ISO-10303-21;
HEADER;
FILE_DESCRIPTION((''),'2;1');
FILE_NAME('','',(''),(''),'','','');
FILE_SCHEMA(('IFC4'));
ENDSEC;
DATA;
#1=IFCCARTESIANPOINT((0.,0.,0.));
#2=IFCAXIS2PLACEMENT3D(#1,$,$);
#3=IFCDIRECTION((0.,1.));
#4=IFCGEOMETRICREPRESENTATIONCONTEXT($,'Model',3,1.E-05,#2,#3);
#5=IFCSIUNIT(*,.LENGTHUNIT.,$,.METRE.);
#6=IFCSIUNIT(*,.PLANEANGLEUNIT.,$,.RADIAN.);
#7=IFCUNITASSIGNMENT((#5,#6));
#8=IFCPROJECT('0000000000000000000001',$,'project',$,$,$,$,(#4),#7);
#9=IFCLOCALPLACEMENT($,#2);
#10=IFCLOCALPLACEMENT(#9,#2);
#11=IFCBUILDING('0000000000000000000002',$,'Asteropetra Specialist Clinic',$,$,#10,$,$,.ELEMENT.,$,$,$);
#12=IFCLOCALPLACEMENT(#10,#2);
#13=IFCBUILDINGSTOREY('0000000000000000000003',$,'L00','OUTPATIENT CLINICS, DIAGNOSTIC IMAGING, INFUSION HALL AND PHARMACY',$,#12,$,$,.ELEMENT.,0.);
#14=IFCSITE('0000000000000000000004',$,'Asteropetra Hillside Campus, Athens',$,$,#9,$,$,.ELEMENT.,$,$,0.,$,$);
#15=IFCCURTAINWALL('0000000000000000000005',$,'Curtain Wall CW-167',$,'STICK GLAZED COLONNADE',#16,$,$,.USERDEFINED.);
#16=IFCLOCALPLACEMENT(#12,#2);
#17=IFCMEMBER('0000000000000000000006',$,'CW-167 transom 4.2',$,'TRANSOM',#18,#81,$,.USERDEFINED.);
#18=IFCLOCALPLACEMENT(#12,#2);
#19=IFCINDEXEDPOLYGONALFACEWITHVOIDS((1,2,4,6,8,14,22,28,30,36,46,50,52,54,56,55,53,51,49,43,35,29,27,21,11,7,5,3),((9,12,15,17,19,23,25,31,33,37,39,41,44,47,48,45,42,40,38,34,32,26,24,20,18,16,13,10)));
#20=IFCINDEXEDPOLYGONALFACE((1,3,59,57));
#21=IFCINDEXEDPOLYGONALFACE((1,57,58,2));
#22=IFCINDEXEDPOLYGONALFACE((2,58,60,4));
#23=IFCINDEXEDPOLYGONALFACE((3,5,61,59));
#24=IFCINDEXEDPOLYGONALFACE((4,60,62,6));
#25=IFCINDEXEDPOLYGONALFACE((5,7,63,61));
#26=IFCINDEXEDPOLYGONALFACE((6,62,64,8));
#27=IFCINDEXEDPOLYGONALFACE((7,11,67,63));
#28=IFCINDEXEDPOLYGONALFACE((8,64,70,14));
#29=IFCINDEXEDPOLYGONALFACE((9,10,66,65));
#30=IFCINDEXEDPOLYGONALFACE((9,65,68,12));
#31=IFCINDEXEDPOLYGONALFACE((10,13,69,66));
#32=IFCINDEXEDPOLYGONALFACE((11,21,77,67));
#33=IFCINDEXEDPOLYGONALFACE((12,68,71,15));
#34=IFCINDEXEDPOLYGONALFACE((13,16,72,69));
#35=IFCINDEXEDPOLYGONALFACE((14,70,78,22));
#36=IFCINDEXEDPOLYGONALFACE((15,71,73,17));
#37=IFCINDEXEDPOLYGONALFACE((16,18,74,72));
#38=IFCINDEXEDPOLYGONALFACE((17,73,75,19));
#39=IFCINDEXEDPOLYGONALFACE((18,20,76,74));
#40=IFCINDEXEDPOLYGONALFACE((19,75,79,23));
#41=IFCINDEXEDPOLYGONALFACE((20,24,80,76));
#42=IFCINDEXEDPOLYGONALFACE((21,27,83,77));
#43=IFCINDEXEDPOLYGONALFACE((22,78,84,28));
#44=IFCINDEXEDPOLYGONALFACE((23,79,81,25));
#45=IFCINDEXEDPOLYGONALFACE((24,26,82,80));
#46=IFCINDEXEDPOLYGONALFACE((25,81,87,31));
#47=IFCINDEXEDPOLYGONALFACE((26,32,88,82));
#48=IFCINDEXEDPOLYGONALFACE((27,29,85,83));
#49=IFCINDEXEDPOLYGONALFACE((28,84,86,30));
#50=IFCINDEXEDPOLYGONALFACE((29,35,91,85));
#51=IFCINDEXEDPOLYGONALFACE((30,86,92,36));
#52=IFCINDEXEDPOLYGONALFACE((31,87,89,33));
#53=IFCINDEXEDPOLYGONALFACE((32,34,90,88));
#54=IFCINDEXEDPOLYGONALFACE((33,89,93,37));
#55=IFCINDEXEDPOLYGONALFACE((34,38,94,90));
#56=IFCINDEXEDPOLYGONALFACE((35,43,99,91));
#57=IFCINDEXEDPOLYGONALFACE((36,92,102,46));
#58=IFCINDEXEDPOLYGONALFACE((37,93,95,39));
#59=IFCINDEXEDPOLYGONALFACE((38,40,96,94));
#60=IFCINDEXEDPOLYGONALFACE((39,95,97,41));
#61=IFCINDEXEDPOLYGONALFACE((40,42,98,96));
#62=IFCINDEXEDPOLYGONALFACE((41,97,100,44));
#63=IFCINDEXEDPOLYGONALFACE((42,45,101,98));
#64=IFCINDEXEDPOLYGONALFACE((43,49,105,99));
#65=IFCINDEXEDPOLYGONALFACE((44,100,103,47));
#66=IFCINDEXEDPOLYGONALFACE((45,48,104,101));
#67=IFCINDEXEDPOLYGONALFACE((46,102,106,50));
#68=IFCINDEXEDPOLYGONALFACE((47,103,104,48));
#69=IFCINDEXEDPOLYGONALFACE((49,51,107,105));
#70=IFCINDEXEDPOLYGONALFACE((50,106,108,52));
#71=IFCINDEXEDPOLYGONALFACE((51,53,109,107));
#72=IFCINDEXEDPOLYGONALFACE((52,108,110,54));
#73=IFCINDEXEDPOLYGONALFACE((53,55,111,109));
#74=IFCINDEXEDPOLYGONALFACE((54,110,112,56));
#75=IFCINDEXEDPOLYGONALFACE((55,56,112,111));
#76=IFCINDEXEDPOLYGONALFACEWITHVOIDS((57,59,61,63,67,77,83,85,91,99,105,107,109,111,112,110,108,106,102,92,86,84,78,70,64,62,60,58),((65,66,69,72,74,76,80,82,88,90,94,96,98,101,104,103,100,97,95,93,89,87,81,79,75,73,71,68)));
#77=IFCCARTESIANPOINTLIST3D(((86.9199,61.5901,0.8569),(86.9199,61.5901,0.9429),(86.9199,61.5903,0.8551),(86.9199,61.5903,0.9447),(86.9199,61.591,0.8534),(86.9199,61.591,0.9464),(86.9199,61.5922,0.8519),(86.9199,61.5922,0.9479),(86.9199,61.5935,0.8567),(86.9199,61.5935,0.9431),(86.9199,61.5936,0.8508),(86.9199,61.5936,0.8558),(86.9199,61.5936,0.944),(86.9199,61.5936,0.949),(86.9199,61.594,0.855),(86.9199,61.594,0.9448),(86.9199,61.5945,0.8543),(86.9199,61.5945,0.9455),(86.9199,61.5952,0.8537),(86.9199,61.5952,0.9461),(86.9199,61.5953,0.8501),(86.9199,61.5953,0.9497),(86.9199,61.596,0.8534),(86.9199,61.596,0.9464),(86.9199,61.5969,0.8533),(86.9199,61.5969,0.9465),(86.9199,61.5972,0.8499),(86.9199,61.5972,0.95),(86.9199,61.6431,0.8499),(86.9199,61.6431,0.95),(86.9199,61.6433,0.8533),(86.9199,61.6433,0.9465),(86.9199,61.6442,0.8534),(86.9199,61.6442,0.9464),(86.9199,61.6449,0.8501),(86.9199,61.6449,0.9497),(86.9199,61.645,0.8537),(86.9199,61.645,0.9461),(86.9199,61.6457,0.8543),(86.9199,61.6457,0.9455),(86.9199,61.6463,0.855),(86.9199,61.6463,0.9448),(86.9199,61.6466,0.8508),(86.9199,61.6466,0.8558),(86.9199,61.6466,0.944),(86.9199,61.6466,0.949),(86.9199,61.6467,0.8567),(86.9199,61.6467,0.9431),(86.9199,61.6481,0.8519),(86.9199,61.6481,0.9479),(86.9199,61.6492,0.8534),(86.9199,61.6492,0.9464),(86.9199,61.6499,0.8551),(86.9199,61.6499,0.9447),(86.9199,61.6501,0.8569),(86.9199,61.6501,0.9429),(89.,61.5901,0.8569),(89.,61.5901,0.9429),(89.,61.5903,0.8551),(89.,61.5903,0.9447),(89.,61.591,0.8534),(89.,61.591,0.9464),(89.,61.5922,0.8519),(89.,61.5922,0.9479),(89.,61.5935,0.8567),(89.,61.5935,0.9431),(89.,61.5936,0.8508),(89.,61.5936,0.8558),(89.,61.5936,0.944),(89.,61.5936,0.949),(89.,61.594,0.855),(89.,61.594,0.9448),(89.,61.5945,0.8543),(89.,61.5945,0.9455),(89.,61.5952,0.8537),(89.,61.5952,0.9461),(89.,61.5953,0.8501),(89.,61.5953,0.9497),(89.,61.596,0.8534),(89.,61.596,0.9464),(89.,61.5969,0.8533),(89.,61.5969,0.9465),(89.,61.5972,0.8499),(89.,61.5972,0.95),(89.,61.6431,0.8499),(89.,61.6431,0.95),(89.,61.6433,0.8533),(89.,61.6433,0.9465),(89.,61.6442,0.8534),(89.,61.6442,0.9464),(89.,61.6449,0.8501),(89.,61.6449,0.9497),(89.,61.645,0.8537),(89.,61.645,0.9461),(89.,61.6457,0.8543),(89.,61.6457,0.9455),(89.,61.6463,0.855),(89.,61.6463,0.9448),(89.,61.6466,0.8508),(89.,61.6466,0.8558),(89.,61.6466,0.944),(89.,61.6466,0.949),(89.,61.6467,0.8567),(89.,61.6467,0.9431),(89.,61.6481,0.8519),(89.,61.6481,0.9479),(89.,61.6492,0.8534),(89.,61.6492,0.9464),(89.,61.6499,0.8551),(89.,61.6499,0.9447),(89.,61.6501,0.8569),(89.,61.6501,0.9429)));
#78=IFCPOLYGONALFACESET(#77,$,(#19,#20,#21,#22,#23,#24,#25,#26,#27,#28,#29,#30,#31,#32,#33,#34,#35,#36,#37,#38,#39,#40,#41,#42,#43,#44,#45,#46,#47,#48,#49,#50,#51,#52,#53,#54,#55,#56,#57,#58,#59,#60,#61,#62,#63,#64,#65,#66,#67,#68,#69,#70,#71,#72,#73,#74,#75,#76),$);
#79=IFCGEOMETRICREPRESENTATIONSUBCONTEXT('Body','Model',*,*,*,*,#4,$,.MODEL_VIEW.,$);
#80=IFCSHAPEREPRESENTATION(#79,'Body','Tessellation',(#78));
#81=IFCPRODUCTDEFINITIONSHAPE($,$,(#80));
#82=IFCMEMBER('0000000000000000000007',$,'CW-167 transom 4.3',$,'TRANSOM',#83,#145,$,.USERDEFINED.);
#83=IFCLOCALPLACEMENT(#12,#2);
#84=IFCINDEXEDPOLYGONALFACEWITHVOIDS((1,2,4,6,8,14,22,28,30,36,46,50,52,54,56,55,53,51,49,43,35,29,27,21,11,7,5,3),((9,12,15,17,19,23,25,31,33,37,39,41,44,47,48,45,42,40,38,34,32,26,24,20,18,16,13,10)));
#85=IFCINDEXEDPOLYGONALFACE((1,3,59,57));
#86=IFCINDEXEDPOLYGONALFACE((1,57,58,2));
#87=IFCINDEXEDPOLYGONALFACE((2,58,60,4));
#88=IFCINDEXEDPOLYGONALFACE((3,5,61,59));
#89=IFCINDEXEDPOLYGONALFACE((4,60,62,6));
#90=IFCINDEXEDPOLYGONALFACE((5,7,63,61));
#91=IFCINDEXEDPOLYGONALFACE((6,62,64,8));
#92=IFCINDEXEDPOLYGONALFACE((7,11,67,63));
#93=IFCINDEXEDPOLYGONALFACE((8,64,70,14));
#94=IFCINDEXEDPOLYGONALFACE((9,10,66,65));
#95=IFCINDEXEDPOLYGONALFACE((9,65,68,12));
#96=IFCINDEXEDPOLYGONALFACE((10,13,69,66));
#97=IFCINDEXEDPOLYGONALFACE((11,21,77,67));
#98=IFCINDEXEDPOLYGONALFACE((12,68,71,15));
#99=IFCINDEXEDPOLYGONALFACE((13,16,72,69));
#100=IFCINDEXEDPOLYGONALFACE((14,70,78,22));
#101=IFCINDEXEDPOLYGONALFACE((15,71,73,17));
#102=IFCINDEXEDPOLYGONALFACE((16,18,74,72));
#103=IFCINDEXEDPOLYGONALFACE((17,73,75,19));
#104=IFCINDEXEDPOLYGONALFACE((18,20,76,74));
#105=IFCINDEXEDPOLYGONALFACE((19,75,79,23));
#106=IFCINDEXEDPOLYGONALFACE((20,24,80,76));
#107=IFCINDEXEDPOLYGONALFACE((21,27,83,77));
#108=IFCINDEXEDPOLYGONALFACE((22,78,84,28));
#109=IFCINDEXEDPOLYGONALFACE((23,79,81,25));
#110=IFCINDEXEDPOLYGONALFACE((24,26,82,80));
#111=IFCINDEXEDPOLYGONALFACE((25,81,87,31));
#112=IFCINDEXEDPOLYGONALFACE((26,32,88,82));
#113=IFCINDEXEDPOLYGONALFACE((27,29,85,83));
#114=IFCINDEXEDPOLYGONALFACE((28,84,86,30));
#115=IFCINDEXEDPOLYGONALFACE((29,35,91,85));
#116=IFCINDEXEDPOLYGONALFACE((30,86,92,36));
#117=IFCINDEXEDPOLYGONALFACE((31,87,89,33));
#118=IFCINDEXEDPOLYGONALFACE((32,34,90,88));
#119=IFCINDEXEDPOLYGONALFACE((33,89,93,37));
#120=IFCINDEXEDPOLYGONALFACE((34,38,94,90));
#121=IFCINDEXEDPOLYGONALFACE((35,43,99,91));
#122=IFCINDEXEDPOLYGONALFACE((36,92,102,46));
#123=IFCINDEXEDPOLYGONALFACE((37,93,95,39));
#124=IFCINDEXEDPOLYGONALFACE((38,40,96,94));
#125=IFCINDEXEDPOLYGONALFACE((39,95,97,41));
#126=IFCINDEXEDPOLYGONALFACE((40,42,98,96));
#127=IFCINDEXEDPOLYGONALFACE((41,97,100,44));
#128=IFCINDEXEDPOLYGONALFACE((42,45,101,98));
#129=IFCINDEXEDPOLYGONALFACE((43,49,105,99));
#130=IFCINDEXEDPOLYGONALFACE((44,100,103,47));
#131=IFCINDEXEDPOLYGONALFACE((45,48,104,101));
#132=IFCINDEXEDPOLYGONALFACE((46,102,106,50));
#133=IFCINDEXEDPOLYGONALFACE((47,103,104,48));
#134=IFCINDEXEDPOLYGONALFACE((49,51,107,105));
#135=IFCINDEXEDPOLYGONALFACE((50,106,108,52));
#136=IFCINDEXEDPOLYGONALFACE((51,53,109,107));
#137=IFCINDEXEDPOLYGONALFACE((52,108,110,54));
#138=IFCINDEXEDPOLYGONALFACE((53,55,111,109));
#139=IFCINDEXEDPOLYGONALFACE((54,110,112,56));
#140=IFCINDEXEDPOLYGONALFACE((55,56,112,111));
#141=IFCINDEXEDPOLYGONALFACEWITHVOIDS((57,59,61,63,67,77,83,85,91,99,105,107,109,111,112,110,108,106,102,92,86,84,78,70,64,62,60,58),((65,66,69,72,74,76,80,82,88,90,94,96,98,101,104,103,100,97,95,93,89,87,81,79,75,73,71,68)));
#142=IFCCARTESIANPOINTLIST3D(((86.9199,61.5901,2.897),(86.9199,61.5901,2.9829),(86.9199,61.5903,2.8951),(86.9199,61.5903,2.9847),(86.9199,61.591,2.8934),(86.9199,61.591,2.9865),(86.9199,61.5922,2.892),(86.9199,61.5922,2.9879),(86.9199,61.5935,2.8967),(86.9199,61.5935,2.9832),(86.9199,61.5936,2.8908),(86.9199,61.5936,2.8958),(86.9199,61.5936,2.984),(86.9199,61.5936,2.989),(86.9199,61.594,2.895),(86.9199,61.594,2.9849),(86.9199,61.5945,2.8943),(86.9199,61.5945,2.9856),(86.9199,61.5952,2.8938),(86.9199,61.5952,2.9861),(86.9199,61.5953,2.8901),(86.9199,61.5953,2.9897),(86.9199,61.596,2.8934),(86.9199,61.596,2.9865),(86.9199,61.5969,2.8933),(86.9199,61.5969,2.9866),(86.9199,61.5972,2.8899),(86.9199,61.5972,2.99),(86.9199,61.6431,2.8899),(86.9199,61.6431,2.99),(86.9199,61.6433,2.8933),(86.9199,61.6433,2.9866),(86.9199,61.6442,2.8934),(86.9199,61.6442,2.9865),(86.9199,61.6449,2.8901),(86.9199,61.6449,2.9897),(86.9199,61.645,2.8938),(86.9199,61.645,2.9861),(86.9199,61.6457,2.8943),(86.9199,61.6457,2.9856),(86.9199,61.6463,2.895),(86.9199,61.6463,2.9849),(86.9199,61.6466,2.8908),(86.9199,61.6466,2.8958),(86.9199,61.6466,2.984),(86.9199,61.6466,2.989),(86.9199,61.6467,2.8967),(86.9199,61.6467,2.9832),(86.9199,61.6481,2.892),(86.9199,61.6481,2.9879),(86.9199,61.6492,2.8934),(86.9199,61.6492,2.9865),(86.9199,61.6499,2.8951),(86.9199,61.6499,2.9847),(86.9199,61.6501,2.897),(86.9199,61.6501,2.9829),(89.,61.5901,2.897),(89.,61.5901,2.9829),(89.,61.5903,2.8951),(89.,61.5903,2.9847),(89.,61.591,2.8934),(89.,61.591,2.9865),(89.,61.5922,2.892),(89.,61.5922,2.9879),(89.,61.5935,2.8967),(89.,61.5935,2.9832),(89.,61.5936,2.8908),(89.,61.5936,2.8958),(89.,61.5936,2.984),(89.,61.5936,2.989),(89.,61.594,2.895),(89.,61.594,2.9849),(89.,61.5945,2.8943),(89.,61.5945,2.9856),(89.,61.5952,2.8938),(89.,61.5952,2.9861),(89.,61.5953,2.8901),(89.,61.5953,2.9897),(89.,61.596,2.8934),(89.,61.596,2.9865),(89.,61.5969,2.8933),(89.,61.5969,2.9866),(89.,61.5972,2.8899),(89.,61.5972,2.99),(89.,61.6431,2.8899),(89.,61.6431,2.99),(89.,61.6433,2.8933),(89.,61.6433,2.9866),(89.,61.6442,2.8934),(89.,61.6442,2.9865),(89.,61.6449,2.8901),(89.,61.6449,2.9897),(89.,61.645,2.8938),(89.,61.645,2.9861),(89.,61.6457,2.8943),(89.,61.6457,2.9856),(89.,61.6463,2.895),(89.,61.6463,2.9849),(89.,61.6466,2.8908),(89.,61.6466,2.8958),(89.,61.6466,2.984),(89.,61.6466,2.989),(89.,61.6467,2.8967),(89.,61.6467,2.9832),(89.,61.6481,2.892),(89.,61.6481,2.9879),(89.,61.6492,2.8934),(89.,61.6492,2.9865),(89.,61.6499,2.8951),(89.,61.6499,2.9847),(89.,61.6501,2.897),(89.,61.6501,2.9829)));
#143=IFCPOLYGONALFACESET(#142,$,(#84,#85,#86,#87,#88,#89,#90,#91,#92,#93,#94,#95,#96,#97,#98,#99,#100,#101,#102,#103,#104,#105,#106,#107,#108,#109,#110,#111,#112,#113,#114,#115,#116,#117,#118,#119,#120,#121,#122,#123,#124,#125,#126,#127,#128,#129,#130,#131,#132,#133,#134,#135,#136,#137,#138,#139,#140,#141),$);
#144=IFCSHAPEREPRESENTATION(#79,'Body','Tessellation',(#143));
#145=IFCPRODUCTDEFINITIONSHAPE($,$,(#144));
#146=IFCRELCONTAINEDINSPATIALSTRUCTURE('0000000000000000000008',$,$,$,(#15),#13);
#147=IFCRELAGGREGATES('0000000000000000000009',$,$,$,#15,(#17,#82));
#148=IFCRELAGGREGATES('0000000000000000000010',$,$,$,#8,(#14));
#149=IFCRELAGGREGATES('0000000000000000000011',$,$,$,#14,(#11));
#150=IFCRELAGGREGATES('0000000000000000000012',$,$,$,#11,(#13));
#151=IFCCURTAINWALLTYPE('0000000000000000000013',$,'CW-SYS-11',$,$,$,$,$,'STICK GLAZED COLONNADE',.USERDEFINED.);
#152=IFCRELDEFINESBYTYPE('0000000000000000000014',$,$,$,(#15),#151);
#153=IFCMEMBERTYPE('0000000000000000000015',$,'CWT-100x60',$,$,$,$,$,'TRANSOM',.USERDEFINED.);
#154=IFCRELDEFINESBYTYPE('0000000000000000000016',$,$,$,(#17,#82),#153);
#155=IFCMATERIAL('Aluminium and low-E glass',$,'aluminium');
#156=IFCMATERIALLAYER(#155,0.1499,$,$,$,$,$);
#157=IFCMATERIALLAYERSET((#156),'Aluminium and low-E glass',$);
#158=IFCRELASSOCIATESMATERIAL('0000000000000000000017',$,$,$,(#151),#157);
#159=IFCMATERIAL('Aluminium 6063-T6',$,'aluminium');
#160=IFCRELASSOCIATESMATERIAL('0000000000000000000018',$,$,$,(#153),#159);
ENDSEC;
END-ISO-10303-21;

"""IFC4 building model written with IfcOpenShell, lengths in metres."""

from ifc_helpers import new_model, si_unit, direction, frame, origin, origin_2d, place, context, subcontext, project, spatial, hollow_rectangle, extrude, material, layer, layer_set, material_profile, profile_set, type_object, element, aggregate, save


model = new_model("IFC4")

# Units and contexts
model_context = context("Model", 3, precision=1e-05, world=origin(), true_north=direction((0.0, 1.0)))
body_context = subcontext(model_context, "Body", "Model", "MODEL_VIEW")
ifc_project = project(units=[si_unit("LENGTHUNIT", "METRE"), si_unit("PLANEANGLEUNIT", "RADIAN")], contexts=[model_context])

# Site, building, storey
site_placement = place(None, origin())
site = spatial("IfcSite", under=ifc_project, at=site_placement, Name="Asteropetra Hillside Campus, Athens", CompositionType="ELEMENT", RefElevation=0.0)
building_placement = place(site_placement, origin())
building = spatial("IfcBuilding", under=site, at=building_placement, Name="Asteropetra Specialist Clinic", CompositionType="ELEMENT")
storey_placement = place(building_placement, origin())
storey = spatial("IfcBuildingStorey", under=building, at=storey_placement, Name="L00", Description="OUTPATIENT CLINICS, DIAGNOSTIC IMAGING, INFUSION HALL AND PHARMACY", CompositionType="ELEMENT", Elevation=0.0)

# Curtain wall
ifc_material_1 = material(Name="Aluminium and low-E glass", Category="aluminium")
ifc_layer_1 = layer(ifc_material_1, 0.1499)
ifc_layer_set_1 = layer_set([ifc_layer_1], Name="Aluminium and low-E glass")
curtain_wall_type_1 = type_object("IfcCurtainWallType", Name="CW-SYS-11", ElementType="STICK GLAZED COLONNADE", PredefinedType="USERDEFINED", material=ifc_layer_set_1)
curtain_wall_1_placement = place(storey_placement, origin())
curtain_wall_1 = element("IfcCurtainWall", 1, at=curtain_wall_1_placement, inside=storey, type_object=curtain_wall_type_1, Name="Curtain Wall CW-167", ObjectType="STICK GLAZED COLONNADE", PredefinedType="USERDEFINED")

# Members
ifc_material_2 = material(Name="Aluminium 6063-T6", Category="aluminium")
ifc_material_profile_1 = material_profile(ifc_material_2, hollow_rectangle(XDim=0.0601, YDim=0.1001, WallThickness=0.0034, InnerFilletRadius=0.0034, OuterFilletRadius=0.0071, at=origin_2d()), Name="TRN 100x60x3.5")
ifc_profile_set_1 = profile_set([ifc_material_profile_1], Name="Aluminium 6063-T6")
member_type_1 = type_object("IfcMemberType", Name="CWT-100x60", ElementType="TRANSOM", PredefinedType="USERDEFINED", material=ifc_profile_set_1)
member_1_placement = place(storey_placement, frame((89.0, 61.6201, 0.8999), z_axis=(-1.0, 0.0, 0.0), x_axis=(0.0, -1.0, 0.0)))
member_1 = element("IfcMember", 2, at=member_1_placement, type_object=member_type_1, Name="CW-167 transom 4.2", ObjectType="TRANSOM", PredefinedType="USERDEFINED", context=body_context, shape_type="SweptSolid", body=[
    extrude(hollow_rectangle(XDim=0.0601, YDim=0.1001, WallThickness=0.0034, InnerFilletRadius=0.0034, OuterFilletRadius=0.0071, at=origin_2d()), origin(), (0.0, 0.0, 1.0), 2.0801),
])
member_2_placement = place(storey_placement, frame((89.0, 61.6201, 2.9399), z_axis=(-1.0, 0.0, 0.0), x_axis=(0.0, -1.0, 0.0)))
member_2 = element("IfcMember", 3, at=member_2_placement, type_object=member_type_1, Name="CW-167 transom 4.3", ObjectType="TRANSOM", PredefinedType="USERDEFINED", context=body_context, shape_type="SweptSolid", body=[
    extrude(hollow_rectangle(XDim=0.0601, YDim=0.1001, WallThickness=0.0034, InnerFilletRadius=0.0034, OuterFilletRadius=0.0071, at=origin_2d()), origin(), (0.0, 0.0, 1.0), 2.0801),
])

aggregate(curtain_wall_1, [member_1, member_2])

save(model, "model.ifc")
